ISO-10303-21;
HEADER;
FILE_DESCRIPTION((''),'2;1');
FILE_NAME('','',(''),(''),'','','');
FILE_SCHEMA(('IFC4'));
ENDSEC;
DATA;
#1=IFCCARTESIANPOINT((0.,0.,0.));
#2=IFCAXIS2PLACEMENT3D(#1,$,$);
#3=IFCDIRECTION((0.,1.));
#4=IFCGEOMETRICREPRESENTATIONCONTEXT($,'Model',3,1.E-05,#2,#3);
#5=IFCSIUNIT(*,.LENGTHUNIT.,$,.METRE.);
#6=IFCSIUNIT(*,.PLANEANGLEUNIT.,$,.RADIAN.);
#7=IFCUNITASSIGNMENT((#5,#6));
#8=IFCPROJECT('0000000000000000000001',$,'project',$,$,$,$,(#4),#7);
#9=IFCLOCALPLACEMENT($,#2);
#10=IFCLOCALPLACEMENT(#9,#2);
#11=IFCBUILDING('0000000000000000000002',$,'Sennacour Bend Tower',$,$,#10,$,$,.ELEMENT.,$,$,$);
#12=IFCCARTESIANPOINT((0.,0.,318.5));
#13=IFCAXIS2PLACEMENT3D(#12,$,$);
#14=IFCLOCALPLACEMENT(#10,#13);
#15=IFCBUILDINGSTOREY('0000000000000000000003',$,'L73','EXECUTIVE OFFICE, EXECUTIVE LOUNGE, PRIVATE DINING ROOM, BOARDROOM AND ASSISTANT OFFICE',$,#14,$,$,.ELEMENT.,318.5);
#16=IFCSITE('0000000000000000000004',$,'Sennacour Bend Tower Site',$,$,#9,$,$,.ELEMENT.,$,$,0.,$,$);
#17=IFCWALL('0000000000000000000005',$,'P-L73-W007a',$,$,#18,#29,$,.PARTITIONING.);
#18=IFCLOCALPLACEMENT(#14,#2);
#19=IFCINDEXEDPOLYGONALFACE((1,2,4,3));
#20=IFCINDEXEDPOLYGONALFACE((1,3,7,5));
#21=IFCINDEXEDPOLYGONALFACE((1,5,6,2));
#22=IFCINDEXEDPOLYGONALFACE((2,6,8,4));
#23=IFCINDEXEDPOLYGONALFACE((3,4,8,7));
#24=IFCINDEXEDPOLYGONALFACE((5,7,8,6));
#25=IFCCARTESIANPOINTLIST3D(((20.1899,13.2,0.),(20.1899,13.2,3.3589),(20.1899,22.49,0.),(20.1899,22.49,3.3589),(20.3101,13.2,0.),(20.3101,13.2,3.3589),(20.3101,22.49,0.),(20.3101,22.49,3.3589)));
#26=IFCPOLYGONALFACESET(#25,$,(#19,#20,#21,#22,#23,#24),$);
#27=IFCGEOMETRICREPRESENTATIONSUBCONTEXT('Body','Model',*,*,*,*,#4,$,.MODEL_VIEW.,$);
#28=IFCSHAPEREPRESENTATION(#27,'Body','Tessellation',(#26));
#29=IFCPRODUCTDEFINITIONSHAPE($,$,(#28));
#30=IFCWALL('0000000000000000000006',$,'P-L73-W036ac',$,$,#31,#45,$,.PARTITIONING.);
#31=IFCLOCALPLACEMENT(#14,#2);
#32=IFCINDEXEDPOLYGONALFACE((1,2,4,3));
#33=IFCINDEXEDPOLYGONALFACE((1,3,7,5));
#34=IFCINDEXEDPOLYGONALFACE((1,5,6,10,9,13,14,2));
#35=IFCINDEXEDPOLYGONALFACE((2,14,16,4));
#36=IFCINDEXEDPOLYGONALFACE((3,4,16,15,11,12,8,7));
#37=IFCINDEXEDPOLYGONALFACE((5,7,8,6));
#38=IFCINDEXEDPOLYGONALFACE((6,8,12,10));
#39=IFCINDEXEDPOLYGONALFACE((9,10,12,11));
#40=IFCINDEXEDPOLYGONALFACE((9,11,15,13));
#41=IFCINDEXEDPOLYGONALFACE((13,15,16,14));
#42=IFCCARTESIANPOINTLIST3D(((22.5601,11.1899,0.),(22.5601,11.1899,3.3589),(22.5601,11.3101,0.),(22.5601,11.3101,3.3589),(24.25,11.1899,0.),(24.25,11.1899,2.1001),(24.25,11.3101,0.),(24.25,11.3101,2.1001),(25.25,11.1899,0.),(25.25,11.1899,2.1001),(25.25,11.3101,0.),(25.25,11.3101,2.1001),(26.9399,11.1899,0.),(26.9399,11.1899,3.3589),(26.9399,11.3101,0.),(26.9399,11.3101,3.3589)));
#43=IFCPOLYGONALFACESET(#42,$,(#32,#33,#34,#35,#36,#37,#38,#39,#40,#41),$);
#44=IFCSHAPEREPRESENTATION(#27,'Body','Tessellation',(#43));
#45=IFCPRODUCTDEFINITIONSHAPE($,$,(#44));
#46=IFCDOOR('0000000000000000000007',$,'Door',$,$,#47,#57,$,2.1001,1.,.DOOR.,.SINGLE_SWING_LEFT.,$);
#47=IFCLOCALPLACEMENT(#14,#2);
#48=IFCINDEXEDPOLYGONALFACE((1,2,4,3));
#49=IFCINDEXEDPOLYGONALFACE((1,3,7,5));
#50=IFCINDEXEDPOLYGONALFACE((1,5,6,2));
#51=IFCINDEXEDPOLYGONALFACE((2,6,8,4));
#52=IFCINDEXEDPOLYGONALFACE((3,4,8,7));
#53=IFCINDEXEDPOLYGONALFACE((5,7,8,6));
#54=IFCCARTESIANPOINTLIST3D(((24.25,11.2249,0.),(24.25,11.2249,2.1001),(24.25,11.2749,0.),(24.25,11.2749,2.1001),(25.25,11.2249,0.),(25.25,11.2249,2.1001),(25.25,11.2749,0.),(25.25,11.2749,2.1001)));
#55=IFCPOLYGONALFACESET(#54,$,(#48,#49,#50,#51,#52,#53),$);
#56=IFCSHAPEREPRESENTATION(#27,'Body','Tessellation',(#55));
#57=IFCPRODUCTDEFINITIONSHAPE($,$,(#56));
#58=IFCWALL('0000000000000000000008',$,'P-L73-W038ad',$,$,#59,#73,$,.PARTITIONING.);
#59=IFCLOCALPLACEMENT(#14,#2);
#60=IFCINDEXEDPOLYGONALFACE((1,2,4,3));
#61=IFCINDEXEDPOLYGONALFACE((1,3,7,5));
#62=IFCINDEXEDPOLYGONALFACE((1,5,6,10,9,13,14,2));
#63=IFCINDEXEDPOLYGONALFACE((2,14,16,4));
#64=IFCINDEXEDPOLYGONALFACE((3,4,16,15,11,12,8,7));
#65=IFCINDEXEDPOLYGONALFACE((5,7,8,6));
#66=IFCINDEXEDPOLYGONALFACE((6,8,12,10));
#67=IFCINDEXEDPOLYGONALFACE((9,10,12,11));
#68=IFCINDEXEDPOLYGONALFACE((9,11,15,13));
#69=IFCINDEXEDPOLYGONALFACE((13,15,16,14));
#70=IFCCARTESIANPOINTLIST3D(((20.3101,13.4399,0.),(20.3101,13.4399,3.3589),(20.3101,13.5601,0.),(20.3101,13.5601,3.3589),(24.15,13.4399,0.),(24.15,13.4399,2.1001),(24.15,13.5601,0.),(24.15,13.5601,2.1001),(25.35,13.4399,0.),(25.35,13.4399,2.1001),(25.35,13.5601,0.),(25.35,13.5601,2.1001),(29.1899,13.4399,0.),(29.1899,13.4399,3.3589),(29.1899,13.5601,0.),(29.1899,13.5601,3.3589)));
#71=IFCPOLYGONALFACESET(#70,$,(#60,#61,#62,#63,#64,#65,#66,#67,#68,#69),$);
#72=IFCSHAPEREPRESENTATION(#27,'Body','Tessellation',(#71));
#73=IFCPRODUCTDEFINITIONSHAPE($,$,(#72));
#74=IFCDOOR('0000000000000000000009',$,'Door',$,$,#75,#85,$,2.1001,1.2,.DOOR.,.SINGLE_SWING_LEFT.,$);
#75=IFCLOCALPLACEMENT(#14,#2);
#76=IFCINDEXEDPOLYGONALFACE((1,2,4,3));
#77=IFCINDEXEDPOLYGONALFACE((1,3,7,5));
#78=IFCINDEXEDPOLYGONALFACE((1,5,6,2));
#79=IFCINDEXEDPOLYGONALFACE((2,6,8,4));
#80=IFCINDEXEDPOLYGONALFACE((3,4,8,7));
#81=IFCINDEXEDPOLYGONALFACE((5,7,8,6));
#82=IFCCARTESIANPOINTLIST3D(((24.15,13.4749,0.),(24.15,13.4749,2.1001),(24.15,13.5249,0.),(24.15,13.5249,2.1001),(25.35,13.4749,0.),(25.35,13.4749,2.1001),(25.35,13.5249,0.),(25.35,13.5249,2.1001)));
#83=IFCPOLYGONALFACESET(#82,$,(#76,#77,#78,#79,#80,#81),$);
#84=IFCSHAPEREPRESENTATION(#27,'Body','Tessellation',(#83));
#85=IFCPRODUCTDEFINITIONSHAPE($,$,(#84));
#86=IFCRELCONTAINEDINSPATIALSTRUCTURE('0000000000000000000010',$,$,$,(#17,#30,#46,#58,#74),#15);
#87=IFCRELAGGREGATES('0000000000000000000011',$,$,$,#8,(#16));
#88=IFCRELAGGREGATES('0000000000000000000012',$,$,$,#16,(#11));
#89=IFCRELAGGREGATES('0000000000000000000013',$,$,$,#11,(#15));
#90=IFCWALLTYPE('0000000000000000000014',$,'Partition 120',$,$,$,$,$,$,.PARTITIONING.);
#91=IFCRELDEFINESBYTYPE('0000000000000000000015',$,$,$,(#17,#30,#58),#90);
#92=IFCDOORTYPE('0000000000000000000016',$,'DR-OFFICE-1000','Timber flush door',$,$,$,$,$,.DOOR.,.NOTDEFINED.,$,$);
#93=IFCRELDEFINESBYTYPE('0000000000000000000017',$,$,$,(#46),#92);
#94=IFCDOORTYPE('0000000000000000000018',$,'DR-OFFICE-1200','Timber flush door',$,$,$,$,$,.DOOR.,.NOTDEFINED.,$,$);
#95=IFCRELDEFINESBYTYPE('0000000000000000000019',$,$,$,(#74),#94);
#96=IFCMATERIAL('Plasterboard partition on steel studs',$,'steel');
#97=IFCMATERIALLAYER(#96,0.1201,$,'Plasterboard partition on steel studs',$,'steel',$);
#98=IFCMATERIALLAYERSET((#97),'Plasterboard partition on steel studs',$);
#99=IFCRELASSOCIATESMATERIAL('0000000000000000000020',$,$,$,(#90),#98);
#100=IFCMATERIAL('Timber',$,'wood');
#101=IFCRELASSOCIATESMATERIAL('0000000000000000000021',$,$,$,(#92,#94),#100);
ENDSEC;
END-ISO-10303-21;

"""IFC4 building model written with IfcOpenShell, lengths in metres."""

from ifc_helpers import new_model, si_unit, direction, frame, frame_2d, origin, place, context, subcontext, project, spatial, rectangle, extrude, material, layer, layer_set, type_object, element, fill, save


model = new_model("IFC4")

# Units and contexts
model_context = context("Model", 3, precision=1e-05, world=origin(), true_north=direction((0.0, 1.0)))
body_context = subcontext(model_context, "Body", "Model", "MODEL_VIEW")
ifc_project = project(units=[si_unit("LENGTHUNIT", "METRE"), si_unit("PLANEANGLEUNIT", "RADIAN")], contexts=[model_context])

# Site, building, storey
site_placement = place(None, origin())
site = spatial("IfcSite", under=ifc_project, at=site_placement, Name="Sennacour Bend Tower Site", CompositionType="ELEMENT", RefElevation=0.0)
building_placement = place(site_placement, origin())
building = spatial("IfcBuilding", under=site, at=building_placement, Name="Sennacour Bend Tower", CompositionType="ELEMENT")
storey_placement = place(building_placement, frame((0.0, 0.0, 318.5)))
storey = spatial("IfcBuildingStorey", under=building, at=storey_placement, Name="L73", Description="EXECUTIVE OFFICE, EXECUTIVE LOUNGE, PRIVATE DINING ROOM, BOARDROOM AND ASSISTANT OFFICE", CompositionType="ELEMENT", Elevation=318.5)

# Wall
ifc_material_1 = material(Name="Plasterboard partition on steel studs", Category="steel")
ifc_layer_1 = layer(ifc_material_1, 0.1201, Name="Plasterboard partition on steel studs", Category="steel")
ifc_layer_set_1 = layer_set([ifc_layer_1], Name="Plasterboard partition on steel studs")
wall_type = type_object("IfcWallType", Name="Partition 120", PredefinedType="PARTITIONING", material=ifc_layer_set_1)
wall_1_placement = place(storey_placement, frame((20.25, 13.2, 0.0), z_axis=(0.0, 0.0, 1.0), x_axis=(0.0, 1.0, 0.0)))
element("IfcWall", 1, at=wall_1_placement, inside=storey, type_object=wall_type, Name="P-L73-W007a", PredefinedType="PARTITIONING", context=body_context, shape_type="SweptSolid", body=[
    extrude(rectangle(XDim=9.29, YDim=0.1201, at=frame_2d((4.645, 0.0))), origin(), (0.0, 0.0, 1.0), 3.3589),
])

# Walls, openings, doors
wall_2_placement = place(storey_placement, frame((22.5601, 11.25, 0.0), z_axis=(0.0, 0.0, 1.0), x_axis=(1.0, 0.0, 0.0)))
wall_2 = element("IfcWall", 2, at=wall_2_placement, inside=storey, type_object=wall_type, Name="P-L73-W036ac", PredefinedType="PARTITIONING", context=body_context, shape_type="SweptSolid", body=[
    extrude(rectangle(XDim=4.3799, YDim=0.1201, at=frame_2d((2.1899, 0.0))), origin(), (0.0, 0.0, 1.0), 3.3589),
])
opening_1_placement = place(wall_2_placement, frame((1.6899, 0.0, 0.0)))
opening_1 = element("IfcOpeningElement", 3, at=opening_1_placement, cuts=wall_2, PredefinedType="OPENING", context=body_context, shape_type="SweptSolid", body=[
    extrude(rectangle(XDim=1.0, YDim=2.1001, at=frame_2d((0.5, 1.05))), frame((0.0, 0.0701, 0.0), z_axis=(0.0, -1.0, 0.0), x_axis=(1.0, 0.0, 0.0)), (0.0, 0.0, 1.0), 0.1401),
])
ifc_material_2 = material(Name="Timber", Category="wood")
door_type_1 = type_object("IfcDoorType", Name="DR-OFFICE-1000", Description="Timber flush door", OperationType="NOTDEFINED", PredefinedType="DOOR", material=ifc_material_2)
door_1_placement = place(opening_1_placement, origin())
door_1 = element("IfcDoor", 4, at=door_1_placement, inside=storey, type_object=door_type_1, Name="Door", OperationType="SINGLE_SWING_LEFT", OverallHeight=2.1001, OverallWidth=1.0, PredefinedType="DOOR", context=body_context, shape_type="SweptSolid", body=[
    extrude(rectangle(XDim=1.0, YDim=2.1001, at=frame_2d((0.5, 1.05))), frame((0.0, 0.0249, 0.0), z_axis=(0.0, -1.0, 0.0), x_axis=(1.0, 0.0, 0.0)), (0.0, 0.0, 1.0), 0.05),
])
fill(opening_1, door_1)
wall_3_placement = place(storey_placement, frame((20.3101, 13.5, 0.0), z_axis=(0.0, 0.0, 1.0), x_axis=(1.0, 0.0, 0.0)))
wall_3 = element("IfcWall", 5, at=wall_3_placement, inside=storey, type_object=wall_type, Name="P-L73-W038ad", PredefinedType="PARTITIONING", context=body_context, shape_type="SweptSolid", body=[
    extrude(rectangle(XDim=8.8799, YDim=0.1201, at=frame_2d((4.4399, 0.0))), origin(), (0.0, 0.0, 1.0), 3.3589),
])
opening_2_placement = place(wall_3_placement, frame((3.8398, 0.0, 0.0)))
opening_2 = element("IfcOpeningElement", 6, at=opening_2_placement, cuts=wall_3, PredefinedType="OPENING", context=body_context, shape_type="SweptSolid", body=[
    extrude(rectangle(XDim=1.2, YDim=2.1001, at=frame_2d((0.6001, 1.05))), frame((0.0, 0.0701, 0.0), z_axis=(0.0, -1.0, 0.0), x_axis=(1.0, 0.0, 0.0)), (0.0, 0.0, 1.0), 0.1401),
])
door_type_2 = type_object("IfcDoorType", Name="DR-OFFICE-1200", Description="Timber flush door", OperationType="NOTDEFINED", PredefinedType="DOOR", material=ifc_material_2)
door_2_placement = place(opening_2_placement, origin())
door_2 = element("IfcDoor", 7, at=door_2_placement, inside=storey, type_object=door_type_2, Name="Door", OperationType="SINGLE_SWING_LEFT", OverallHeight=2.1001, OverallWidth=1.2, PredefinedType="DOOR", context=body_context, shape_type="SweptSolid", body=[
    extrude(rectangle(XDim=1.2, YDim=2.1001, at=frame_2d((0.6001, 1.05))), frame((0.0, 0.0249, 0.0), z_axis=(0.0, -1.0, 0.0), x_axis=(1.0, 0.0, 0.0)), (0.0, 0.0, 1.0), 0.05),
])
fill(opening_2, door_2)

save(model, "model.ifc")
